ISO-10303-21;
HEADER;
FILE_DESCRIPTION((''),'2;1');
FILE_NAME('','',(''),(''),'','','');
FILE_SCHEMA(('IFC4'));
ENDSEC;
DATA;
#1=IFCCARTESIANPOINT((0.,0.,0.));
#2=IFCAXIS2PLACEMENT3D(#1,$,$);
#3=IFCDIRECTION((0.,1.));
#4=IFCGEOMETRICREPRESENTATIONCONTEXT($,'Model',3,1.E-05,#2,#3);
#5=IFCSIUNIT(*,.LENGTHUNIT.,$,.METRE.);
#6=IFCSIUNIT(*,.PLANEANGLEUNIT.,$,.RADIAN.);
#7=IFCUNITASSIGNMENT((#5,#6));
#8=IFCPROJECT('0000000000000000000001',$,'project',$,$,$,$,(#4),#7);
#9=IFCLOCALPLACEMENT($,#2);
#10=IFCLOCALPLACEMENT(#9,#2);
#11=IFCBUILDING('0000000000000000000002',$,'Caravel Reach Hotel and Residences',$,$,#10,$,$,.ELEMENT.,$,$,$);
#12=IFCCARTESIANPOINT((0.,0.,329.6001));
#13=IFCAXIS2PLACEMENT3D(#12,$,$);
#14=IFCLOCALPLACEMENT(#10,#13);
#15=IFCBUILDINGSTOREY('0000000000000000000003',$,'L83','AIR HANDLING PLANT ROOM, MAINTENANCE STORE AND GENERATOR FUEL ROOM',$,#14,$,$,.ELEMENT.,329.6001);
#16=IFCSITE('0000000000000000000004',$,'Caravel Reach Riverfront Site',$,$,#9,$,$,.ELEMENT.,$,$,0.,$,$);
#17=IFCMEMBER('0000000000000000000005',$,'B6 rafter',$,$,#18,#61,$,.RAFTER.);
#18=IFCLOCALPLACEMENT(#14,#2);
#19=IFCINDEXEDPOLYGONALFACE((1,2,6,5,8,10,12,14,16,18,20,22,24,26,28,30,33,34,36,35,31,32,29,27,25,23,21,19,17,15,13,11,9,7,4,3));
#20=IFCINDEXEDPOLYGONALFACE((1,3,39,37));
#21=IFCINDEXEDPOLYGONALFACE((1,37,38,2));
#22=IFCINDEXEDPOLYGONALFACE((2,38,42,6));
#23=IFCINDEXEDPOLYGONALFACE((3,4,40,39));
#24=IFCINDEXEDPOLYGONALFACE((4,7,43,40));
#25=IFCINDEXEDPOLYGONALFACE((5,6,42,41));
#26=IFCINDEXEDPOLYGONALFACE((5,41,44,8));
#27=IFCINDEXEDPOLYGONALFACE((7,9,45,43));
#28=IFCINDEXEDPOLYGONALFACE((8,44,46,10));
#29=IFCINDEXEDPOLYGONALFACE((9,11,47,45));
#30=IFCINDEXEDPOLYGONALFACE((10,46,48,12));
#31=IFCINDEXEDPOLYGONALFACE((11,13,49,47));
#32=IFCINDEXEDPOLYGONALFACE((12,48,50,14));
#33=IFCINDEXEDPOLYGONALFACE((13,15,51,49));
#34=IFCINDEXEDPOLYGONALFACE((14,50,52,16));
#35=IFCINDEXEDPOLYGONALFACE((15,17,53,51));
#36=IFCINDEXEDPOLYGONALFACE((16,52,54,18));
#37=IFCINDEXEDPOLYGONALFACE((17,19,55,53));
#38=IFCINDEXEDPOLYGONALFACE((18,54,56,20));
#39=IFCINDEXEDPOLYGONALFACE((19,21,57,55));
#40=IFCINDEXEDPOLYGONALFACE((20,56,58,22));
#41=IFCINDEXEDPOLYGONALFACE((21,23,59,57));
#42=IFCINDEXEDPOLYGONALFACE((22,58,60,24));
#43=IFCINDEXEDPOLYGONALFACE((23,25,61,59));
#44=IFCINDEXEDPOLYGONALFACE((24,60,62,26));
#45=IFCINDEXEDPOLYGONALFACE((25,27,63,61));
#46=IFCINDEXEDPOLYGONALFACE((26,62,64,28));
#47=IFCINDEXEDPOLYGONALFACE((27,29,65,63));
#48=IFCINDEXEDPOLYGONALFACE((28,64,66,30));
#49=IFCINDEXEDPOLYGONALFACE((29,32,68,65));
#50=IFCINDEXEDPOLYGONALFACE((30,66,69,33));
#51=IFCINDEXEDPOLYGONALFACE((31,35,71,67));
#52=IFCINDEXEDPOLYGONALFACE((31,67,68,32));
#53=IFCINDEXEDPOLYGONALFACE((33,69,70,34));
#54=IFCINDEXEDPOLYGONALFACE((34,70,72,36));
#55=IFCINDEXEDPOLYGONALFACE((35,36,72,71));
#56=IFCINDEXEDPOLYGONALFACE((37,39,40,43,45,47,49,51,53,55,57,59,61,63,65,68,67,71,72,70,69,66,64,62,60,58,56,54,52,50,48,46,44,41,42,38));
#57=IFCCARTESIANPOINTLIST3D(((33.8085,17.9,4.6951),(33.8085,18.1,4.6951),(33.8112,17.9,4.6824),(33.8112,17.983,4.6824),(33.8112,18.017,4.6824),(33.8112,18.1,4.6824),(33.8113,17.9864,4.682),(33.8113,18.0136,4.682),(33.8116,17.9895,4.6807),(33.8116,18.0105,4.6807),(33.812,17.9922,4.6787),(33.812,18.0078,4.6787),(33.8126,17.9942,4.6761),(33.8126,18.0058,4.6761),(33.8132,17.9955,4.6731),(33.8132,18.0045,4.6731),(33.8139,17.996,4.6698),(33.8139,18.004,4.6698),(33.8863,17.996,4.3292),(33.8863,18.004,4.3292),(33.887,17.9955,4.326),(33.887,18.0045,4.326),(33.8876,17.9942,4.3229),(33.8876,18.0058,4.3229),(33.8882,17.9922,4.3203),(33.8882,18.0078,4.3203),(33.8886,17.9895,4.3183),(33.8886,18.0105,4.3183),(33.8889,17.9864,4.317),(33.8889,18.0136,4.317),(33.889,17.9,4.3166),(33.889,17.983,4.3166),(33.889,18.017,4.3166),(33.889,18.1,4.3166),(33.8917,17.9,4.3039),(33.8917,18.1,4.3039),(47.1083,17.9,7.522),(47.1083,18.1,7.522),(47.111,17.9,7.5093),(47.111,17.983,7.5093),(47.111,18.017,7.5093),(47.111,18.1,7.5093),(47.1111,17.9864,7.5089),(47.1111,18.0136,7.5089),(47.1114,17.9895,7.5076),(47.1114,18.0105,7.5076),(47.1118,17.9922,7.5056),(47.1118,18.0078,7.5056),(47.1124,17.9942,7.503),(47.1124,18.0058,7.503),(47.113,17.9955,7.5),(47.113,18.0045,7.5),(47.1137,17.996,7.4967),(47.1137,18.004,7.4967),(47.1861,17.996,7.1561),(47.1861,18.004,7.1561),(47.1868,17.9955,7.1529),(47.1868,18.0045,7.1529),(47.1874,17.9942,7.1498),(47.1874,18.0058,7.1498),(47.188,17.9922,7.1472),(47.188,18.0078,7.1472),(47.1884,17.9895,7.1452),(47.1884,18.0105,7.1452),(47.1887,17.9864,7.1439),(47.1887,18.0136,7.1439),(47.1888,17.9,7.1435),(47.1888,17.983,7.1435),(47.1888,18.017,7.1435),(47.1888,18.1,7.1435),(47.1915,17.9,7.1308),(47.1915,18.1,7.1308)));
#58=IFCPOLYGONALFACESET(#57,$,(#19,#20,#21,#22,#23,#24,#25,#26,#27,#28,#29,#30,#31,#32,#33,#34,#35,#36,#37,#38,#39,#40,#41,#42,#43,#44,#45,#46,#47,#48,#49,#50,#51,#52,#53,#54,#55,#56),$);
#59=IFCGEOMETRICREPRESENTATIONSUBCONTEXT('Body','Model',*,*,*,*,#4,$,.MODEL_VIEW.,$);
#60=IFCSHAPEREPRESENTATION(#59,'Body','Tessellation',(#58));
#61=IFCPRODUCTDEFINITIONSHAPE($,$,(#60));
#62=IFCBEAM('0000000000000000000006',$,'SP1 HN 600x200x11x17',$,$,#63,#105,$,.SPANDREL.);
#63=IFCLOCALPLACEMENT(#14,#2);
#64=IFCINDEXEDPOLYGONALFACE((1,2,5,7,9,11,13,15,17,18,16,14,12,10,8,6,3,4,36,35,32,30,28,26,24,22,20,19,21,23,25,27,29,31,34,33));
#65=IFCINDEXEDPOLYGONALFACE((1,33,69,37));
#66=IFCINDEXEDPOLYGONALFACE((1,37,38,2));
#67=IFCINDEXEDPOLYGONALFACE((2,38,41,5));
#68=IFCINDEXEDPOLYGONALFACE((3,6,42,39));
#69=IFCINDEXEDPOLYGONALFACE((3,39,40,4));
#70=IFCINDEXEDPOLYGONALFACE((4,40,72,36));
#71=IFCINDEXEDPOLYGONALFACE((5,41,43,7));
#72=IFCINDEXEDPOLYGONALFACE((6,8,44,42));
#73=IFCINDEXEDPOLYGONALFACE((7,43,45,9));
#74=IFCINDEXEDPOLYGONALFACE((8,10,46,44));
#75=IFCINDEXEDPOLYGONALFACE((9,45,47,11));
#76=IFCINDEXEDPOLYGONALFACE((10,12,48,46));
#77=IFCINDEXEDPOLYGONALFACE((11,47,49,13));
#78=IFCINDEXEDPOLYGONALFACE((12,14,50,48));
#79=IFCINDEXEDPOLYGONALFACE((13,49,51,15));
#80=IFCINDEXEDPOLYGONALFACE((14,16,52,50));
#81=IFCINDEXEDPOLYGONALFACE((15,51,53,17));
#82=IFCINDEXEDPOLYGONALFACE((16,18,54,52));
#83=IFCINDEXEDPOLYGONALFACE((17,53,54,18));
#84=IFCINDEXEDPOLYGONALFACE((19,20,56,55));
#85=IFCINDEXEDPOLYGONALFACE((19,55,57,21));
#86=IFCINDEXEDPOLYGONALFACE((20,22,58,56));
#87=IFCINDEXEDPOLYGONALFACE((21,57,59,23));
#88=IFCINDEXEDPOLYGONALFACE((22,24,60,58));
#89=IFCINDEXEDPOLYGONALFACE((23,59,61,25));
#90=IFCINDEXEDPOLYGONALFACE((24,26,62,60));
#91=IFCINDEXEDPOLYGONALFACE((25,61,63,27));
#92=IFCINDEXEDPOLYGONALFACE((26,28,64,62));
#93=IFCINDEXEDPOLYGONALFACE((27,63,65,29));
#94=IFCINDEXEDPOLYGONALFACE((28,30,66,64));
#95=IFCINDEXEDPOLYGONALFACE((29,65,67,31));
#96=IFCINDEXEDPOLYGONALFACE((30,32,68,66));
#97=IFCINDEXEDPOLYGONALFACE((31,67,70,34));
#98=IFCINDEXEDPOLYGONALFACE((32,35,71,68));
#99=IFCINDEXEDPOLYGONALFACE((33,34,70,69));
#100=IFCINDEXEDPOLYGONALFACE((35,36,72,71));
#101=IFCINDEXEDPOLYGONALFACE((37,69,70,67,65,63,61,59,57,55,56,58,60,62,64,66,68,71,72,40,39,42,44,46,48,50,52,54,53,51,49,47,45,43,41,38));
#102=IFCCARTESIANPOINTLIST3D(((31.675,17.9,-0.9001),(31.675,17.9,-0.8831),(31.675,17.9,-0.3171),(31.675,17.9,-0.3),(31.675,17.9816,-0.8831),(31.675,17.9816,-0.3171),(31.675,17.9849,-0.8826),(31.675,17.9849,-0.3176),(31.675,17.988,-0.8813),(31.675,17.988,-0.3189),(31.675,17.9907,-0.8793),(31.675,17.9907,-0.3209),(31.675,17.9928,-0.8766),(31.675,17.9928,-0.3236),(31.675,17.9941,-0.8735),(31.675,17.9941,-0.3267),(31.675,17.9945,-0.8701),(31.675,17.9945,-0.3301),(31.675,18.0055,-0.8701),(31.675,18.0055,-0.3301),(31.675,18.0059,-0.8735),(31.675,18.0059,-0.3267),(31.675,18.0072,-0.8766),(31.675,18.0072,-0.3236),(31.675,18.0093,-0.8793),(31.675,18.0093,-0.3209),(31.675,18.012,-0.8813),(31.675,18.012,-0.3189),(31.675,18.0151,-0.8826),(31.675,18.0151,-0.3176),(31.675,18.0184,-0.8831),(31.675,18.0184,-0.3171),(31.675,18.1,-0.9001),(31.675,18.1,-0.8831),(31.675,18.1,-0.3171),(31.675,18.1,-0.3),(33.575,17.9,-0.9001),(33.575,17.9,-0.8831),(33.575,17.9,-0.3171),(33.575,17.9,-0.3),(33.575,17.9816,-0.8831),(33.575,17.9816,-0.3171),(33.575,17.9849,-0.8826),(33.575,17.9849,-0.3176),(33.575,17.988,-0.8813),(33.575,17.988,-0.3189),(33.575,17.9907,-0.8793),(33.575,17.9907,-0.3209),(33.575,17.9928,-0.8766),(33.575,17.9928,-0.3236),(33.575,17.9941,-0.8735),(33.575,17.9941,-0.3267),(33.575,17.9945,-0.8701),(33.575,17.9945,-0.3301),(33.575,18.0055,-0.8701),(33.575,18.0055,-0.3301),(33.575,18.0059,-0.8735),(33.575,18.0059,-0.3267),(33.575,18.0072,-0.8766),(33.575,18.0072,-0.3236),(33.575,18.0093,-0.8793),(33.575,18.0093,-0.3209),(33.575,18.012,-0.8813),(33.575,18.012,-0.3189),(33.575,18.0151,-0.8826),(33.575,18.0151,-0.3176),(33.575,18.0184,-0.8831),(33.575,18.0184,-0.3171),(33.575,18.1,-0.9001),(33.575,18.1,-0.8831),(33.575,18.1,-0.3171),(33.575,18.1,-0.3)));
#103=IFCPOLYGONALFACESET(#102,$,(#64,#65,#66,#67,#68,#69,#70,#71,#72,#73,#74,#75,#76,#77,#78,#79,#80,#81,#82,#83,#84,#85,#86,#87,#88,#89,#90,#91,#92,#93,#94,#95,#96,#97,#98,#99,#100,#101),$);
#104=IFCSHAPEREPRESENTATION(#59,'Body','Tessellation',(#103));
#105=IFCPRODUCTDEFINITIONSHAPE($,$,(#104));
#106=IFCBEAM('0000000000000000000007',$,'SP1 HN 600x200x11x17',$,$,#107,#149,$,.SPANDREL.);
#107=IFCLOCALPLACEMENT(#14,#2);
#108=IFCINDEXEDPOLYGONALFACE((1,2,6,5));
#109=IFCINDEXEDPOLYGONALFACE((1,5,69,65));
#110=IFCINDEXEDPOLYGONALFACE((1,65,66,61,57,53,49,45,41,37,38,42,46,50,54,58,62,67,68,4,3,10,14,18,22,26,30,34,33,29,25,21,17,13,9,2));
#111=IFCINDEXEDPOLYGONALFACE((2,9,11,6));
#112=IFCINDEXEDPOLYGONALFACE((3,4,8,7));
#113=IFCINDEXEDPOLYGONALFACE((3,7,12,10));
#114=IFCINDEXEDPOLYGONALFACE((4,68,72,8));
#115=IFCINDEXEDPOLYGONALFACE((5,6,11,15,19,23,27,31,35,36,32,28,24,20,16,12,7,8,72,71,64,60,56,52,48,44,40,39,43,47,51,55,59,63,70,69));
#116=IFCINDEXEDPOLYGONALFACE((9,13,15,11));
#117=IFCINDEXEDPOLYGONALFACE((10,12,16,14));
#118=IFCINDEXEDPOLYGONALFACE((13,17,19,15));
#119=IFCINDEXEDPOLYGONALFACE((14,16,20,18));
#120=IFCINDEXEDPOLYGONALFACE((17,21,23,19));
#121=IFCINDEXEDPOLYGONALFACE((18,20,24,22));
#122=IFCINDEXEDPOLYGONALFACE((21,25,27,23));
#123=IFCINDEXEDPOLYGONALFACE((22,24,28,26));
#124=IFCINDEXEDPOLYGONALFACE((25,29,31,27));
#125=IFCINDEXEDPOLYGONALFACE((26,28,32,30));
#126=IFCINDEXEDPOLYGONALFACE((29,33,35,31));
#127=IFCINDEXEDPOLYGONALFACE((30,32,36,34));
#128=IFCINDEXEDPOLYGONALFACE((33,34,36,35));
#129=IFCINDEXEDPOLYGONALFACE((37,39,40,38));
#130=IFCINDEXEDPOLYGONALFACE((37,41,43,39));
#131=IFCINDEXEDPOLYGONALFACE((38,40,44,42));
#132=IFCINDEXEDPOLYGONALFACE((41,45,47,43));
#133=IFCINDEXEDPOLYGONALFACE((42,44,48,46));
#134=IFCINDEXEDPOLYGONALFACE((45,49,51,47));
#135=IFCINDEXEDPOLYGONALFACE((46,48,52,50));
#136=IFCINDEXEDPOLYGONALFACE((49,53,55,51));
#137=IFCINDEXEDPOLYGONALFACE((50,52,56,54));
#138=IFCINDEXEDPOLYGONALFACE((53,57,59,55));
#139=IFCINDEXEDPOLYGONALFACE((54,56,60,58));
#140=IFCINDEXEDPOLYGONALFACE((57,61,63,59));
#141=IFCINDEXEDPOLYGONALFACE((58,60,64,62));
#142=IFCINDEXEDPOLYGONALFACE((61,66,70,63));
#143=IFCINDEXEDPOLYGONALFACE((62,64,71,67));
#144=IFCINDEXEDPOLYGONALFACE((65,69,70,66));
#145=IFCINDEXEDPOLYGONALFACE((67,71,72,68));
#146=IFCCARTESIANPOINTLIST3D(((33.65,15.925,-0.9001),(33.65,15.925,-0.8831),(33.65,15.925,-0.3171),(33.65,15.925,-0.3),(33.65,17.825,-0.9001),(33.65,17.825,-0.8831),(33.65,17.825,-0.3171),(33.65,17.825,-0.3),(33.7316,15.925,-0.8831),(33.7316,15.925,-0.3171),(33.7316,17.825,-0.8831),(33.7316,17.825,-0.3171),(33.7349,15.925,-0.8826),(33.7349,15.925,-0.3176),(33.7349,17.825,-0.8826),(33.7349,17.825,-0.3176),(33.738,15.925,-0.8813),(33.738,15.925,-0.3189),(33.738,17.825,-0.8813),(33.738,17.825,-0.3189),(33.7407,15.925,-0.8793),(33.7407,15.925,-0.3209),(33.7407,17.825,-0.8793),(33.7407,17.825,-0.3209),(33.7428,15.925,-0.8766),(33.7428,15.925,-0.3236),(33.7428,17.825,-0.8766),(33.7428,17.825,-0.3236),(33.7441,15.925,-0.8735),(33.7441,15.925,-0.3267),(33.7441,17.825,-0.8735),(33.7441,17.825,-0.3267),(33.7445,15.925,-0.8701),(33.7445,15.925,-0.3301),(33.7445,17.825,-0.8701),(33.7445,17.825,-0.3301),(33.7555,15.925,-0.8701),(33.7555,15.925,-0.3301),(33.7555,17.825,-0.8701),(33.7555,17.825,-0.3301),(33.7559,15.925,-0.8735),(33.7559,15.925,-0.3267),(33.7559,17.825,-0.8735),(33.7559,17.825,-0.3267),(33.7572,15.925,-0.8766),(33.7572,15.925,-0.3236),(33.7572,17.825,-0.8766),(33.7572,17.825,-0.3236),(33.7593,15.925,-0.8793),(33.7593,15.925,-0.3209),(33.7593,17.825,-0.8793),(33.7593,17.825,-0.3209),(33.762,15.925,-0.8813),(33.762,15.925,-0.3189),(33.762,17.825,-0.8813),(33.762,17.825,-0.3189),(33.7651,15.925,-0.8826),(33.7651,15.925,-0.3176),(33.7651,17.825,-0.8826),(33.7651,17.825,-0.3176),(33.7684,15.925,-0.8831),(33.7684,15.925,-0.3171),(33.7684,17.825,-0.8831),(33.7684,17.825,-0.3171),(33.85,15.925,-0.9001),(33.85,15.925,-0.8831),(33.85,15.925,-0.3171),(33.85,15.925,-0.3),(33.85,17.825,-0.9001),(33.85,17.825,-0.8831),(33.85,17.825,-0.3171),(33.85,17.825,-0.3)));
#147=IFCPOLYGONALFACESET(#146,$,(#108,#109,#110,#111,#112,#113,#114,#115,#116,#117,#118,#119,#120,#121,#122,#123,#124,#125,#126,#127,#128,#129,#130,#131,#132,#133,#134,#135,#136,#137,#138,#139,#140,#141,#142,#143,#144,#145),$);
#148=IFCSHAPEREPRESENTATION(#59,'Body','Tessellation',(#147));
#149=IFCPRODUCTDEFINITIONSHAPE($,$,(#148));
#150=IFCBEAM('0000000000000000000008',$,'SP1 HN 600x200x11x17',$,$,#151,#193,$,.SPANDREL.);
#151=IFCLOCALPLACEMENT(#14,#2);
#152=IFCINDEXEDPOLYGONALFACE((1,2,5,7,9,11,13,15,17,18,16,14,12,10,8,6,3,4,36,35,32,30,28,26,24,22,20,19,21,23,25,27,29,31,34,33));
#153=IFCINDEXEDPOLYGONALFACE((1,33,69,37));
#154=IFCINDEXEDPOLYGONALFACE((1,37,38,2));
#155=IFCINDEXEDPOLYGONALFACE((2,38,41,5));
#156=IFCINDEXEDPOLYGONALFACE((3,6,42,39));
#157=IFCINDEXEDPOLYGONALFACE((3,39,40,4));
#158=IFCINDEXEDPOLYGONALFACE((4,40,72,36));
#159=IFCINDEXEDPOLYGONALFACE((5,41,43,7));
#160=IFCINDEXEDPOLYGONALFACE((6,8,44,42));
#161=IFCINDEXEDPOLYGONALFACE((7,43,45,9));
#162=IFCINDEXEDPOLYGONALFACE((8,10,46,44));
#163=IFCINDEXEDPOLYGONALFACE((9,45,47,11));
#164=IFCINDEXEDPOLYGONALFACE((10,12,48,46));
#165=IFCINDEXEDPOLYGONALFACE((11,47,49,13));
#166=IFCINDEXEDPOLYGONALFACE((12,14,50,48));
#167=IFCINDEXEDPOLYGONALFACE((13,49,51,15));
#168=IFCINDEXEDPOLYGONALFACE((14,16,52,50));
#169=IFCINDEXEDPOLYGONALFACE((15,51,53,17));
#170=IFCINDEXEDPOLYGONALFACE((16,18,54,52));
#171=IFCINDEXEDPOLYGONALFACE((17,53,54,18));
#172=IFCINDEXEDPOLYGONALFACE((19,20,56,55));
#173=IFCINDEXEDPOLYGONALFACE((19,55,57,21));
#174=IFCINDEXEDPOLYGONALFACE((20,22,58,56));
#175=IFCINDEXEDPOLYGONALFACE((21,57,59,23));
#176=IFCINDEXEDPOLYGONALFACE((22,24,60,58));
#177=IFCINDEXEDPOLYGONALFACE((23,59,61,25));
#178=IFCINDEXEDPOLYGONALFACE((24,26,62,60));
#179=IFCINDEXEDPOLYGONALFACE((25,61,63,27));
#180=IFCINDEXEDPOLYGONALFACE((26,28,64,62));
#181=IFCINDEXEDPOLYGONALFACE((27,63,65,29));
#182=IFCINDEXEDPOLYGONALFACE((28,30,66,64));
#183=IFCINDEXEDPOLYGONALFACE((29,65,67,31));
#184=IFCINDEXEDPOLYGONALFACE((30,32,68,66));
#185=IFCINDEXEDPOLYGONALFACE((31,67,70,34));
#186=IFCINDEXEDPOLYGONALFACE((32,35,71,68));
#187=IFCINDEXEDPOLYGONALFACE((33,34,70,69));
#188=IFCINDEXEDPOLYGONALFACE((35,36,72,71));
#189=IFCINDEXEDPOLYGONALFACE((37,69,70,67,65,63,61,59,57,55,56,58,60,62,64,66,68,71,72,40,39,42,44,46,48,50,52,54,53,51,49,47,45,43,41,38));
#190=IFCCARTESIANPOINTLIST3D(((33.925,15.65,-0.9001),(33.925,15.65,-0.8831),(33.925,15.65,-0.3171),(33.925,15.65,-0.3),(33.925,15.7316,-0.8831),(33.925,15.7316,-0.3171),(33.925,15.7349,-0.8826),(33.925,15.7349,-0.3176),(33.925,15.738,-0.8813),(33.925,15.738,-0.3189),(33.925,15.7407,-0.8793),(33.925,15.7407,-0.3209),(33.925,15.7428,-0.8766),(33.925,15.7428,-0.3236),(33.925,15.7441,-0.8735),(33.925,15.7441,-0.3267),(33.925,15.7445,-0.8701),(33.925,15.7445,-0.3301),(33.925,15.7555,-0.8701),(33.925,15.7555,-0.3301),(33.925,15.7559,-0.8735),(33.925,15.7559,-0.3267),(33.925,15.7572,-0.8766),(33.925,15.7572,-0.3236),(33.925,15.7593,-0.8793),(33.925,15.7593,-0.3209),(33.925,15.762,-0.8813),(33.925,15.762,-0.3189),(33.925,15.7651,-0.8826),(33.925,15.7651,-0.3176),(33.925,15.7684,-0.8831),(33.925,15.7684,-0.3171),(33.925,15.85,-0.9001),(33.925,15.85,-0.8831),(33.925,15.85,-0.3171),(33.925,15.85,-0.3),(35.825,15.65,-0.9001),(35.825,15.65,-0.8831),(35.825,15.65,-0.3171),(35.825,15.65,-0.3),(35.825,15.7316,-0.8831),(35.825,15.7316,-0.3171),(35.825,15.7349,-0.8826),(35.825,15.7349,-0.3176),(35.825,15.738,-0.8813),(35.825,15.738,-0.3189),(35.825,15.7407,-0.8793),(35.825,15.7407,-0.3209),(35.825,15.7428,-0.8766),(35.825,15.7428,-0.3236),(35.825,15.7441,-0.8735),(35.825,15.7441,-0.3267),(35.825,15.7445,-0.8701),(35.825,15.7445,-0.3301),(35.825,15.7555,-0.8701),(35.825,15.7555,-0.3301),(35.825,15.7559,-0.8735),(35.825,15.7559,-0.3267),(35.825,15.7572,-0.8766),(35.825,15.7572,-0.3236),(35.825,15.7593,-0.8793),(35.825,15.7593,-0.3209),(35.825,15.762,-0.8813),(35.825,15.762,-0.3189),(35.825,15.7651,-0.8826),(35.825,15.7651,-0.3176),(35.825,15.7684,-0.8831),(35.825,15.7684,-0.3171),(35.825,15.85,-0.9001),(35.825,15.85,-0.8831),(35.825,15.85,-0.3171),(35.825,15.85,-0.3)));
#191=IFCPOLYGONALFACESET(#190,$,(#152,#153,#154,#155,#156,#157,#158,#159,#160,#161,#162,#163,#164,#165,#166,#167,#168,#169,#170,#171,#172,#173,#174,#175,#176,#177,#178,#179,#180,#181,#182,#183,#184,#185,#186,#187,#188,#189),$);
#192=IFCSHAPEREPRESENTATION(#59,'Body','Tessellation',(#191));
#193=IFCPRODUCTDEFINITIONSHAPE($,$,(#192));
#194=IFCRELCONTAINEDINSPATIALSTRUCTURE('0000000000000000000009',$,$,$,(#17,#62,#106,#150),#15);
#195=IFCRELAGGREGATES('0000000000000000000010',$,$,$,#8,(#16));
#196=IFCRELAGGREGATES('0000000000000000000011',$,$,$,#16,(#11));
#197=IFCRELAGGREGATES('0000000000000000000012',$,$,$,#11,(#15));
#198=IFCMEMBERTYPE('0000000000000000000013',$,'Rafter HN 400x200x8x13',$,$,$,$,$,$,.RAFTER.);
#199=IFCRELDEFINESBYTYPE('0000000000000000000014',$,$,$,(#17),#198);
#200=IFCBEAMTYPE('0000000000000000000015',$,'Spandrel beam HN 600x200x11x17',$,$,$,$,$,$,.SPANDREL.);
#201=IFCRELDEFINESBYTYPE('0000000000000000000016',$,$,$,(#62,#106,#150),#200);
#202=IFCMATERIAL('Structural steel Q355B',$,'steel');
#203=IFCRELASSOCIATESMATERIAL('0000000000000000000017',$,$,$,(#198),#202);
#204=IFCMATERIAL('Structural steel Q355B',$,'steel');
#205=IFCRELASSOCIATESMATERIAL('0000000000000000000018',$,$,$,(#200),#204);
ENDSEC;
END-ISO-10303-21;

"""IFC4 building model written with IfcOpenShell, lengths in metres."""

from ifc_helpers import new_model, si_unit, direction, frame, origin, origin_2d, place, context, subcontext, project, spatial, i_section, extrude, material, material_profile, profile_set, type_object, element, save


model = new_model("IFC4")

# Units and contexts
model_context = context("Model", 3, precision=1e-05, world=origin(), true_north=direction((0.0, 1.0)))
body_context = subcontext(model_context, "Body", "Model", "MODEL_VIEW")
ifc_project = project(units=[si_unit("LENGTHUNIT", "METRE"), si_unit("PLANEANGLEUNIT", "RADIAN")], contexts=[model_context])

# Site, building, storey
site_placement = place(None, origin())
site = spatial("IfcSite", under=ifc_project, at=site_placement, Name="Caravel Reach Riverfront Site", CompositionType="ELEMENT", RefElevation=0.0)
building_placement = place(site_placement, origin())
building = spatial("IfcBuilding", under=site, at=building_placement, Name="Caravel Reach Hotel and Residences", CompositionType="ELEMENT")
storey_placement = place(building_placement, frame((0.0, 0.0, 329.6001)))
storey = spatial("IfcBuildingStorey", under=building, at=storey_placement, Name="L83", Description="AIR HANDLING PLANT ROOM, MAINTENANCE STORE AND GENERATOR FUEL ROOM", CompositionType="ELEMENT", Elevation=329.6001)

# Member
ifc_material_1 = material(Name="Structural steel Q355B", Category="steel")
ifc_material_profile_1 = material_profile(ifc_material_1, i_section(OverallWidth=0.2, OverallDepth=0.3999, WebThickness=0.0081, FlangeThickness=0.0129, FilletRadius=0.0129, at=origin_2d()), Name="HN 400x200x8x13")
ifc_profile_set_1 = profile_set([ifc_material_profile_1], Name="Structural steel Q355B")
member_type = type_object("IfcMemberType", Name="Rafter HN 400x200x8x13", PredefinedType="RAFTER", material=ifc_profile_set_1)
member_placement = place(storey_placement, frame((33.8501, 18.0, 4.4995), z_axis=(0.978148, 0.0, 0.207908), x_axis=(0.0, 1.0, 0.0)))
element("IfcMember", 1, at=member_placement, inside=storey, type_object=member_type, Name="B6 rafter", PredefinedType="RAFTER", context=body_context, shape_type="SweptSolid", body=[
    extrude(i_section(OverallWidth=0.2, OverallDepth=0.3999, WebThickness=0.0081, FlangeThickness=0.0129, FilletRadius=0.0129, at=origin_2d()), origin(), (0.0, 0.0, 1.0), 13.5969),
])

# Beams
ifc_material_2 = material(Name="Structural steel Q355B", Category="steel")
ifc_material_profile_2 = material_profile(ifc_material_2, i_section(OverallWidth=0.2, OverallDepth=0.6001, WebThickness=0.011, FlangeThickness=0.0171, FilletRadius=0.0129, at=origin_2d()), Name="HN 600x200x11x17")
ifc_profile_set_2 = profile_set([ifc_material_profile_2], Name="Structural steel Q355B")
beam_type_1 = type_object("IfcBeamType", Name="Spandrel beam HN 600x200x11x17", PredefinedType="SPANDREL", material=ifc_profile_set_2)
for number, where, z_axis, x_axis, name in (
    (2, (31.675, 18.0, -0.6001), (1.0, 0.0, 0.0), (0.0, 1.0, 0.0), "SP1 HN 600x200x11x17"),
    (3, (33.75, 17.825, -0.6001), (0.0, -1.0, 0.0), (1.0, 0.0, 0.0), "SP1 HN 600x200x11x17"),
    (4, (33.925, 15.75, -0.6001), (1.0, 0.0, 0.0), (0.0, 1.0, 0.0), "SP1 HN 600x200x11x17"),
):
    element("IfcBeam", number, at=place(storey_placement, frame(where, z_axis=z_axis, x_axis=x_axis)), inside=storey, type_object=beam_type_1, Name=name, PredefinedType="SPANDREL", context=body_context, shape_type="SweptSolid", body=[
        extrude(i_section(OverallWidth=0.2, OverallDepth=0.6001, WebThickness=0.011, FlangeThickness=0.0171, FilletRadius=0.0129, at=origin_2d()), origin(), (0.0, 0.0, 1.0), 1.8999),
    ])

save(model, "model.ifc")
